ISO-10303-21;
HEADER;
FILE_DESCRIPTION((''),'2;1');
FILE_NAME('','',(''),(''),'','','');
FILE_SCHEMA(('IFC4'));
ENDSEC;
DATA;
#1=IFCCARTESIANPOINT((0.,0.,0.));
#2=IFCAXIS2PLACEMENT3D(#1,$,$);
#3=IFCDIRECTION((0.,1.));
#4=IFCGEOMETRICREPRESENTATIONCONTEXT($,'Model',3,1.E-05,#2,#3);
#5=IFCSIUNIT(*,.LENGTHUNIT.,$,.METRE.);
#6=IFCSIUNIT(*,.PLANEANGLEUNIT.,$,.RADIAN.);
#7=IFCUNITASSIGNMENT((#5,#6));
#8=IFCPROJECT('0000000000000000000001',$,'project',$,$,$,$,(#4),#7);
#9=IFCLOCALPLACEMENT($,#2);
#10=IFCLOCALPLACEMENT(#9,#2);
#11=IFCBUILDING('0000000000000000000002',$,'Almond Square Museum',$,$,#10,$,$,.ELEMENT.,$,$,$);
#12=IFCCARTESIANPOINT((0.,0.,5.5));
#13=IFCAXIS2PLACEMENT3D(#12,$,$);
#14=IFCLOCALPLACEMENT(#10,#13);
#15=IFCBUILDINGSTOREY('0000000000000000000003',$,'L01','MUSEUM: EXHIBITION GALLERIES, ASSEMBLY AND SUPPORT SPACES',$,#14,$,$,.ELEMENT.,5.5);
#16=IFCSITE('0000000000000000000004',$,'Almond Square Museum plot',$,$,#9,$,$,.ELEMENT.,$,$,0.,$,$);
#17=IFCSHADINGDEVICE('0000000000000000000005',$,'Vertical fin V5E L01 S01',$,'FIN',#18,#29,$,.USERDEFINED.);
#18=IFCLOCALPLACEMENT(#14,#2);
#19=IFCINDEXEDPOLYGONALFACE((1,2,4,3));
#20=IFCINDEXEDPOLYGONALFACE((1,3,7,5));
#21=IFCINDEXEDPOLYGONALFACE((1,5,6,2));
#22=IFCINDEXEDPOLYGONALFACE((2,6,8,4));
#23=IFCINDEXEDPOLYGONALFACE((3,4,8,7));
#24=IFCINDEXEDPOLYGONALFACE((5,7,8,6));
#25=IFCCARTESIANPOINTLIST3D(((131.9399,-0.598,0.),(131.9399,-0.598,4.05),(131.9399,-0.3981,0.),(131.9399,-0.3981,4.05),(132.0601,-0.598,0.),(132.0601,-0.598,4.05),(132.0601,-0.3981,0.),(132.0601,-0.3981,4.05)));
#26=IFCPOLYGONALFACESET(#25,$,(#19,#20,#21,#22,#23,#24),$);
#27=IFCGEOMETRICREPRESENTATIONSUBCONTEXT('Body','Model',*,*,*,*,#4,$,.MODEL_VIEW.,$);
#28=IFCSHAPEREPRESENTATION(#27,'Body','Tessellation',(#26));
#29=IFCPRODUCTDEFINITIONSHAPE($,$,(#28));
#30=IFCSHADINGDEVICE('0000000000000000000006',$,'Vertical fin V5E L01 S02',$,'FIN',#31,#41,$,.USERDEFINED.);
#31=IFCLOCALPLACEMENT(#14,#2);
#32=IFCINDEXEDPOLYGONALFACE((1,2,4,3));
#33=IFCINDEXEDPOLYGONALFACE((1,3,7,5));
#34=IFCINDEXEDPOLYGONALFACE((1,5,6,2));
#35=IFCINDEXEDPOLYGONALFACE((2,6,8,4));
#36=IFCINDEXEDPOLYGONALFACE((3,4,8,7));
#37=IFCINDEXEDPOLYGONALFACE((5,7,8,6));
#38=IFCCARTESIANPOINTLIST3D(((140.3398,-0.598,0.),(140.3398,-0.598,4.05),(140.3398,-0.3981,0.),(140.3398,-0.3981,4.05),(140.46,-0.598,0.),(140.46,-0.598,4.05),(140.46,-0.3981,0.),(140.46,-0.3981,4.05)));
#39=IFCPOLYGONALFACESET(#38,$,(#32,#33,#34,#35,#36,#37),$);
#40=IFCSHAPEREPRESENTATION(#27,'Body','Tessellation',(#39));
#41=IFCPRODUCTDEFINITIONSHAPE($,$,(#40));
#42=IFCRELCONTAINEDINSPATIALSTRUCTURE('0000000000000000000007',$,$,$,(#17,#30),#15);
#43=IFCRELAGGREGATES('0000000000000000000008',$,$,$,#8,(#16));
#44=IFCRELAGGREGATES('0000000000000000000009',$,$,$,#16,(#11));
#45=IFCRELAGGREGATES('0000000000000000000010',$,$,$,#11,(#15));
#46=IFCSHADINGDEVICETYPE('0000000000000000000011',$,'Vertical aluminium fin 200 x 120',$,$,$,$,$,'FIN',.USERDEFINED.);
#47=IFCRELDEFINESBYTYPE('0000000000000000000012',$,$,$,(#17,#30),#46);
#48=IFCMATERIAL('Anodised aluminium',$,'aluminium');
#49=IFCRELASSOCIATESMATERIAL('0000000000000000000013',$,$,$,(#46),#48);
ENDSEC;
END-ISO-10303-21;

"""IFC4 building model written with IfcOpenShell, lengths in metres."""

from ifc_helpers import new_model, si_unit, direction, frame, origin, origin_2d, place, context, subcontext, project, spatial, rectangle, extrude, material, material_profile, profile_set, type_object, element, save


model = new_model("IFC4")

# Units and contexts
model_context = context("Model", 3, precision=1e-05, world=origin(), true_north=direction((0.0, 1.0)))
body_context = subcontext(model_context, "Body", "Model", "MODEL_VIEW")
ifc_project = project(units=[si_unit("LENGTHUNIT", "METRE"), si_unit("PLANEANGLEUNIT", "RADIAN")], contexts=[model_context])

# Site, building, storey
site_placement = place(None, origin())
site = spatial("IfcSite", under=ifc_project, at=site_placement, Name="Almond Square Museum plot", CompositionType="ELEMENT", RefElevation=0.0)
building_placement = place(site_placement, origin())
building = spatial("IfcBuilding", under=site, at=building_placement, Name="Almond Square Museum", CompositionType="ELEMENT")
storey_placement = place(building_placement, frame((0.0, 0.0, 5.5)))
storey = spatial("IfcBuildingStorey", under=building, at=storey_placement, Name="L01", Description="MUSEUM: EXHIBITION GALLERIES, ASSEMBLY AND SUPPORT SPACES", CompositionType="ELEMENT", Elevation=5.5)

# Shading devices
ifc_material_1 = material(Name="Anodised aluminium", Category="aluminium")
ifc_material_profile_1 = material_profile(ifc_material_1, rectangle(XDim=0.2, YDim=0.1201, at=origin_2d()))
ifc_profile_set_1 = profile_set([ifc_material_profile_1], Name="Anodised aluminium")
shading_device_type = type_object("IfcShadingDeviceType", Name="Vertical aluminium fin 200 x 120", ElementType="FIN", PredefinedType="USERDEFINED", material=ifc_profile_set_1)
for number, where, z_axis, x_axis, name in (
    (1, (132.0, -0.498, 0.0), (0.0, 0.0, 1.0), (0.0, -1.0, 0.0), "Vertical fin V5E L01 S01"),
    (2, (140.3999, -0.498, 0.0), (0.0, 0.0, 1.0), (0.0, -1.0, 0.0), "Vertical fin V5E L01 S02"),
):
    element("IfcShadingDevice", number, at=place(storey_placement, frame(where, z_axis=z_axis, x_axis=x_axis)), inside=storey, type_object=shading_device_type, Name=name, ObjectType="FIN", PredefinedType="USERDEFINED", context=body_context, shape_type="SweptSolid", body=[
        extrude(rectangle(XDim=0.2, YDim=0.1201, at=origin_2d()), origin(), (0.0, 0.0, 1.0), 4.05),
    ])

save(model, "model.ifc")
